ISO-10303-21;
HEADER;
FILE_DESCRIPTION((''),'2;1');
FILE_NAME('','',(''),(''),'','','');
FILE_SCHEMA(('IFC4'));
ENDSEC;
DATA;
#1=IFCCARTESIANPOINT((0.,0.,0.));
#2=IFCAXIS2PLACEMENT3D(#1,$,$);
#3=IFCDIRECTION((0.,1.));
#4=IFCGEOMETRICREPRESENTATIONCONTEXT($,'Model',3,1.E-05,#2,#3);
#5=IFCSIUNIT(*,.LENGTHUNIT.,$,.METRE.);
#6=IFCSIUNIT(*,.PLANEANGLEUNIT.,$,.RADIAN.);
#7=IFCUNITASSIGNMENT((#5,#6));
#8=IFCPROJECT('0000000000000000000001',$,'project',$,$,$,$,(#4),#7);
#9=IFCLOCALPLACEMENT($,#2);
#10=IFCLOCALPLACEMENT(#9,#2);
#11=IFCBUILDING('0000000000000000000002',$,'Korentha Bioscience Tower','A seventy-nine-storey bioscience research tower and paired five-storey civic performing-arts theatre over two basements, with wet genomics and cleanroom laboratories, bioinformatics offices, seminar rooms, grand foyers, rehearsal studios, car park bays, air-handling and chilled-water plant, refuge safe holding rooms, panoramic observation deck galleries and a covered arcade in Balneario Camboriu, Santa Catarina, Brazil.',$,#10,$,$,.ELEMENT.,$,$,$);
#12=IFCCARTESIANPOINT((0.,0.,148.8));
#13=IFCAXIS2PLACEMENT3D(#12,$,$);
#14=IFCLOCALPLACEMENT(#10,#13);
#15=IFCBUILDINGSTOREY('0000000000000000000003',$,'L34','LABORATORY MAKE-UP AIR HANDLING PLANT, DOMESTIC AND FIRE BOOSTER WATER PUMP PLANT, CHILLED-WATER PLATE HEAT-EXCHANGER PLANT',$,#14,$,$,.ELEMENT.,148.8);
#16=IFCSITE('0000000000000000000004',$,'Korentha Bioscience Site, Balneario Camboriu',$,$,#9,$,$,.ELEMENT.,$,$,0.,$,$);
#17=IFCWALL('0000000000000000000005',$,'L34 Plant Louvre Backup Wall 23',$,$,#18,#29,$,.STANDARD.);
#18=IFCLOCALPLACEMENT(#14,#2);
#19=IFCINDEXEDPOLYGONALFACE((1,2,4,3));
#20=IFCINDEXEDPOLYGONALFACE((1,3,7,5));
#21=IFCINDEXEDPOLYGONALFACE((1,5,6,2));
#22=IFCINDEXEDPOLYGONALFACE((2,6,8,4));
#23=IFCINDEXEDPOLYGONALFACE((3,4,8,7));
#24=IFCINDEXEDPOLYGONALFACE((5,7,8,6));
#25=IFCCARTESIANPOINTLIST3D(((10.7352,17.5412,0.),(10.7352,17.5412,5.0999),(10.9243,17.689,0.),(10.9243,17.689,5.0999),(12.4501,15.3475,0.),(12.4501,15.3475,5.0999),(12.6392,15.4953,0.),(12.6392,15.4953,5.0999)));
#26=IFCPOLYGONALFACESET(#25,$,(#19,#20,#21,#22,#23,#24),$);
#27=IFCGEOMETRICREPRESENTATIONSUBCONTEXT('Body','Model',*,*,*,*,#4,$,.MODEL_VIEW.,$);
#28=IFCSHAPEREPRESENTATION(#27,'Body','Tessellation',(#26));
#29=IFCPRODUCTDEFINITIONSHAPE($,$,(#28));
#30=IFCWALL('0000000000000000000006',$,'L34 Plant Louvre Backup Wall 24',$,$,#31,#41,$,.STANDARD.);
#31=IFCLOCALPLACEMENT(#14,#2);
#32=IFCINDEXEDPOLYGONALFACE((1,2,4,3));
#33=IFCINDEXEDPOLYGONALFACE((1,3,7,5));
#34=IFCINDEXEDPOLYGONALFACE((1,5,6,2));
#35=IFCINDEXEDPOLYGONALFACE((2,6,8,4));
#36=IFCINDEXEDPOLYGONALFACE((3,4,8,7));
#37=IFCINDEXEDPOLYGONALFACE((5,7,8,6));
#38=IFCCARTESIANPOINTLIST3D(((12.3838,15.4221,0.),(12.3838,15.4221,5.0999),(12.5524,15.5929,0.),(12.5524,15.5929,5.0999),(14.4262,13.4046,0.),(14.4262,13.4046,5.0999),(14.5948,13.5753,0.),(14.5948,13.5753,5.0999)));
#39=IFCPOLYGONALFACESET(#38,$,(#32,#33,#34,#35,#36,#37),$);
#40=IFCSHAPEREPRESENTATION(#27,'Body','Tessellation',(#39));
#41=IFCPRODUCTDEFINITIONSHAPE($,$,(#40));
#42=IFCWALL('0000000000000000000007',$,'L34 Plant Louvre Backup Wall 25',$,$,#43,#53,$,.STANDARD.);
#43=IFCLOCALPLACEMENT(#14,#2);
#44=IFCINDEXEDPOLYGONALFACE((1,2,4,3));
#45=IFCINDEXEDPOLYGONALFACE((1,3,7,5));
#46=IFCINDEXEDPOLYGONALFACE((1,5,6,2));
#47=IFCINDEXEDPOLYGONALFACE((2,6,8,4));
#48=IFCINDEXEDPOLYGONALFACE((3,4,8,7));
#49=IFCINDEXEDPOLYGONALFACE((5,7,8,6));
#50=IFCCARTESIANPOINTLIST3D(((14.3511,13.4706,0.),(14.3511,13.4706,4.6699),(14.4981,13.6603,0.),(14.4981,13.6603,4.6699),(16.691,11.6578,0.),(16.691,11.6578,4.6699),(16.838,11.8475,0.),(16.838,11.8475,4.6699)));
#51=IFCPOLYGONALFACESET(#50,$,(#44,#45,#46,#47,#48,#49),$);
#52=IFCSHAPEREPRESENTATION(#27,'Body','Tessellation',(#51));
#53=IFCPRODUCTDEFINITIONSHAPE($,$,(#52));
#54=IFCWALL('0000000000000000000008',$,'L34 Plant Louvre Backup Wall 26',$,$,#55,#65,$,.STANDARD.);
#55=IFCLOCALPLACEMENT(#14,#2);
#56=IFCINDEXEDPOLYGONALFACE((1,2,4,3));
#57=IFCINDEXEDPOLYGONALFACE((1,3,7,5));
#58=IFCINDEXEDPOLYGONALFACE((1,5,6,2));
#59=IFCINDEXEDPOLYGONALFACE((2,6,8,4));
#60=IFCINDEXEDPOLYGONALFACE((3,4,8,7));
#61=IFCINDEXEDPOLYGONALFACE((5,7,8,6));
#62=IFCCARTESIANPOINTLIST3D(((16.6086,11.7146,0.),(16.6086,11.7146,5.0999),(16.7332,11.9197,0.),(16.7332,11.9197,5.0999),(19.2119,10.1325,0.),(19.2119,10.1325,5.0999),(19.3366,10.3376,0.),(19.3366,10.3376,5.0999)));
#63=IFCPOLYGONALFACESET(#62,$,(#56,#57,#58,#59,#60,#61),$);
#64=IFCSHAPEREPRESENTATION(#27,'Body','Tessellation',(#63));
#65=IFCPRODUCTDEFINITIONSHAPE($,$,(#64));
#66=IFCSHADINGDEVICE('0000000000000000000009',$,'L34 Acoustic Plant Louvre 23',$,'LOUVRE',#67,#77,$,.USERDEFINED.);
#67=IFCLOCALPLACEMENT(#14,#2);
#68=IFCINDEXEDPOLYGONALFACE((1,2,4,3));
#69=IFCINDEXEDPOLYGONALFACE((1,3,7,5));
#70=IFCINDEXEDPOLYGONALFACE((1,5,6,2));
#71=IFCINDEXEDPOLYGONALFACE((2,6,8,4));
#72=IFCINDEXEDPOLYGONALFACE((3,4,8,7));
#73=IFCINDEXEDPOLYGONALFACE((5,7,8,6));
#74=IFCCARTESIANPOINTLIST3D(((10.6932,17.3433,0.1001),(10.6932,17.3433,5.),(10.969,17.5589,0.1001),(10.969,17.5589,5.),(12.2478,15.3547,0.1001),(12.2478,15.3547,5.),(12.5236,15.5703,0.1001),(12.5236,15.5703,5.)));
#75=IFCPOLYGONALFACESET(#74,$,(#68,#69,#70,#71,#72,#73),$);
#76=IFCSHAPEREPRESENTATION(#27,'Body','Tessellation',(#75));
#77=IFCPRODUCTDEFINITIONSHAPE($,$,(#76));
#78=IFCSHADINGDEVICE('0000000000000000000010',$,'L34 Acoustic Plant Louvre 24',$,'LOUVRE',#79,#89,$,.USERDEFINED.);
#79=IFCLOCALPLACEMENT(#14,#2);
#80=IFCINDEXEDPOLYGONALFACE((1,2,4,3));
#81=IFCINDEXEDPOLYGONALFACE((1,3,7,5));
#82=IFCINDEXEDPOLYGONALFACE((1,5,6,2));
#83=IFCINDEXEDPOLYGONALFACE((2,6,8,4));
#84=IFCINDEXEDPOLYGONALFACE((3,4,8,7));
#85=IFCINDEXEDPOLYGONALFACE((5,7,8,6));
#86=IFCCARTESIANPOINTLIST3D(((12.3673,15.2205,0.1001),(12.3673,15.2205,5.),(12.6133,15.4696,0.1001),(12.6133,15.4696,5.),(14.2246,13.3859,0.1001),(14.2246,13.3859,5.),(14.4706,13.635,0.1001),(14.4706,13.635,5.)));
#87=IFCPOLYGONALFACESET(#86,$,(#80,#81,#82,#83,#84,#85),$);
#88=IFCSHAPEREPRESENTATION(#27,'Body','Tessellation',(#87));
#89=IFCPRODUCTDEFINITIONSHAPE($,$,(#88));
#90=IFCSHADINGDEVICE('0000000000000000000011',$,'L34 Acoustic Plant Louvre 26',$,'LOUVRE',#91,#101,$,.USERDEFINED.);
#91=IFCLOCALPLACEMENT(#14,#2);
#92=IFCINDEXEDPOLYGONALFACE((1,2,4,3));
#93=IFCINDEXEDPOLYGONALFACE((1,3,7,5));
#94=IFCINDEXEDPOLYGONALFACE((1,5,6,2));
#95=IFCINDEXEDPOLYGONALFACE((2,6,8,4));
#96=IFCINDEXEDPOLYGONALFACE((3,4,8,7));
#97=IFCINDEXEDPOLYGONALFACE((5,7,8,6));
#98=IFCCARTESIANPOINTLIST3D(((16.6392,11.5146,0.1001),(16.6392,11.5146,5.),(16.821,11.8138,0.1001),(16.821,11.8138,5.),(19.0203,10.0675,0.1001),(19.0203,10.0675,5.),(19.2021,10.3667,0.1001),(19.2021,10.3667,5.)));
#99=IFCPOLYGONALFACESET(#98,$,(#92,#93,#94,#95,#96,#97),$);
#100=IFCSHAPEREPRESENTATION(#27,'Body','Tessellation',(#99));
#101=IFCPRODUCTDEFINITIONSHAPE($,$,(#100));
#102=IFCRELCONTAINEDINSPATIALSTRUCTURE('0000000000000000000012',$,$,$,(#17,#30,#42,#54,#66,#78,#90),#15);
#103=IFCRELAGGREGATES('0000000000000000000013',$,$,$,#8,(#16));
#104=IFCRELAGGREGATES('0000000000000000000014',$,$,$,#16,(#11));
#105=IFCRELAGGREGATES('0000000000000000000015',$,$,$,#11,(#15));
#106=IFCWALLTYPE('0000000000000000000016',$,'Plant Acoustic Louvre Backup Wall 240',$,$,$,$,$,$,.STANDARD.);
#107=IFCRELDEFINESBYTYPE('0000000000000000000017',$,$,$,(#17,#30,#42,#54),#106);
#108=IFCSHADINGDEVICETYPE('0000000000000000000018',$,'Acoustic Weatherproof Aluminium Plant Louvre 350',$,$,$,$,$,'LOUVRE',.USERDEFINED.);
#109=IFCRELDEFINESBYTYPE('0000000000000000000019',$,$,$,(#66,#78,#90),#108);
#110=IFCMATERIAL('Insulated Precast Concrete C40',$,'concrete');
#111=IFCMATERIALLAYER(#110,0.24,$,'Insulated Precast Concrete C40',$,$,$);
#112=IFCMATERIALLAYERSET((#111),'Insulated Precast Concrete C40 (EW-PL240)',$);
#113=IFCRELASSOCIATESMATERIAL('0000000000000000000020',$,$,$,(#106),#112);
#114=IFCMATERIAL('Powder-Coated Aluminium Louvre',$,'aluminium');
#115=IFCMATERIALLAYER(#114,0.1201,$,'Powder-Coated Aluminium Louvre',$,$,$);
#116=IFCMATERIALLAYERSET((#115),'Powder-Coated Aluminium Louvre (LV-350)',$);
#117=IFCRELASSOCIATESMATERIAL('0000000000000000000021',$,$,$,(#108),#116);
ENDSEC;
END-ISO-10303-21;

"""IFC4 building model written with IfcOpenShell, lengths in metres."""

from ifc_helpers import new_model, si_unit, direction, frame, frame_2d, origin, origin_2d, place, context, subcontext, project, spatial, rectangle, extrude, material, layer, layer_set, type_object, element, save


model = new_model("IFC4")

# Units and contexts
model_context = context("Model", 3, precision=1e-05, world=origin(), true_north=direction((0.0, 1.0)))
body_context = subcontext(model_context, "Body", "Model", "MODEL_VIEW")
ifc_project = project(units=[si_unit("LENGTHUNIT", "METRE"), si_unit("PLANEANGLEUNIT", "RADIAN")], contexts=[model_context])

# Site, building, storey
site_placement = place(None, origin())
site = spatial("IfcSite", under=ifc_project, at=site_placement, Name="Korentha Bioscience Site, Balneario Camboriu", CompositionType="ELEMENT", RefElevation=0.0)
building_placement = place(site_placement, origin())
building = spatial("IfcBuilding", under=site, at=building_placement, Name="Korentha Bioscience Tower", Description="A seventy-nine-storey bioscience research tower and paired five-storey civic performing-arts theatre over two basements, with wet genomics and cleanroom laboratories, bioinformatics offices, seminar rooms, grand foyers, rehearsal studios, car park bays, air-handling and chilled-water plant, refuge safe holding rooms, panoramic observation deck galleries and a covered arcade in Balneario Camboriu, Santa Catarina, Brazil.", CompositionType="ELEMENT")
storey_placement = place(building_placement, frame((0.0, 0.0, 148.8)))
storey = spatial("IfcBuildingStorey", under=building, at=storey_placement, Name="L34", Description="LABORATORY MAKE-UP AIR HANDLING PLANT, DOMESTIC AND FIRE BOOSTER WATER PUMP PLANT, CHILLED-WATER PLATE HEAT-EXCHANGER PLANT", CompositionType="ELEMENT", Elevation=148.8)

# Walls
ifc_material_1 = material(Name="Insulated Precast Concrete C40", Category="concrete")
ifc_layer_1 = layer(ifc_material_1, 0.24, Name="Insulated Precast Concrete C40")
ifc_layer_set_1 = layer_set([ifc_layer_1], Name="Insulated Precast Concrete C40 (EW-PL240)")
wall_type_1 = type_object("IfcWallType", Name="Plant Acoustic Louvre Backup Wall 240", PredefinedType="STANDARD", material=ifc_layer_set_1)
wall_1_placement = place(storey_placement, frame((10.8298, 17.615, 0.0), z_axis=(0.0, 0.0, 1.0), x_axis=(0.615887, -0.787834, 0.0)))
element("IfcWall", 1, at=wall_1_placement, inside=storey, type_object=wall_type_1, Name="L34 Plant Louvre Backup Wall 23", PredefinedType="STANDARD", context=body_context, shape_type="SweptSolid", body=[
    extrude(rectangle(XDim=2.7844, YDim=0.24, at=frame_2d((1.3921, 0.0))), origin(), (0.0, 0.0, 1.0), 5.0999),
])
wall_2_placement = place(storey_placement, frame((12.468, 15.5076, 0.0), z_axis=(0.0, 0.0, 1.0), x_axis=(0.71143, -0.702757, 0.0)))
element("IfcWall", 2, at=wall_2_placement, inside=storey, type_object=wall_type_1, Name="L34 Plant Louvre Backup Wall 24", PredefinedType="STANDARD", context=body_context, shape_type="SweptSolid", body=[
    extrude(rectangle(XDim=2.8708, YDim=0.24, at=frame_2d((1.4355, 0.0))), origin(), (0.0, 0.0, 1.0), 5.0999),
])
wall_3_placement = place(storey_placement, frame((14.4246, 13.5654, 0.0), z_axis=(0.0, 0.0, 1.0), x_axis=(0.790519, -0.612438, 0.0)))
element("IfcWall", 3, at=wall_3_placement, inside=storey, type_object=wall_type_1, Name="L34 Plant Louvre Backup Wall 25", PredefinedType="STANDARD", context=body_context, shape_type="SweptSolid", body=[
    extrude(rectangle(XDim=2.96, YDim=0.24, at=frame_2d((1.48, 0.0))), origin(), (0.0, 0.0, 1.0), 4.6699),
])
wall_4_placement = place(storey_placement, frame((16.6709, 11.8171, 0.0), z_axis=(0.0, 0.0, 1.0), x_axis=(0.854573, -0.519332, 0.0)))
element("IfcWall", 4, at=wall_4_placement, inside=storey, type_object=wall_type_1, Name="L34 Plant Louvre Backup Wall 26", PredefinedType="STANDARD", context=body_context, shape_type="SweptSolid", body=[
    extrude(rectangle(XDim=3.0464, YDim=0.24, at=frame_2d((1.5232, 0.0))), origin(), (0.0, 0.0, 1.0), 5.0999),
])

# Shading devices
ifc_material_2 = material(Name="Powder-Coated Aluminium Louvre", Category="aluminium")
ifc_layer_2 = layer(ifc_material_2, 0.1201, Name="Powder-Coated Aluminium Louvre")
ifc_layer_set_2 = layer_set([ifc_layer_2], Name="Powder-Coated Aluminium Louvre (LV-350)")
shading_device_type = type_object("IfcShadingDeviceType", Name="Acoustic Weatherproof Aluminium Plant Louvre 350", ElementType="LOUVRE", PredefinedType="USERDEFINED", material=ifc_layer_set_2)
shading_device_1_placement = place(storey_placement, frame((11.6084, 16.4568, 0.1001), z_axis=(0.0, 0.0, 1.0), x_axis=(0.615896, -0.787827, 0.0)))
element("IfcShadingDevice", 5, at=shading_device_1_placement, inside=storey, type_object=shading_device_type, Name="L34 Acoustic Plant Louvre 23", ObjectType="LOUVRE", PredefinedType="USERDEFINED", context=body_context, shape_type="SweptSolid", body=[
    extrude(rectangle(XDim=2.5242, YDim=0.3501, at=origin_2d()), origin(), (0.0, 0.0, 1.0), 4.8999),
])
shading_device_2_placement = place(storey_placement, frame((13.4189, 14.4277, 0.1001), z_axis=(0.0, 0.0, 1.0), x_axis=(0.711442, -0.702744, 0.0)))
element("IfcShadingDevice", 6, at=shading_device_2_placement, inside=storey, type_object=shading_device_type, Name="L34 Acoustic Plant Louvre 24", ObjectType="LOUVRE", PredefinedType="USERDEFINED", context=body_context, shape_type="SweptSolid", body=[
    extrude(rectangle(XDim=2.6106, YDim=0.3501, at=origin_2d()), origin(), (0.0, 0.0, 1.0), 4.8999),
])
shading_device_3_placement = place(storey_placement, frame((17.9207, 10.9407, 0.1001), z_axis=(0.0, 0.0, 1.0), x_axis=(0.854556, -0.519359, 0.0)))
element("IfcShadingDevice", 7, at=shading_device_3_placement, inside=storey, type_object=shading_device_type, Name="L34 Acoustic Plant Louvre 26", ObjectType="LOUVRE", PredefinedType="USERDEFINED", context=body_context, shape_type="SweptSolid", body=[
    extrude(rectangle(XDim=2.7864, YDim=0.3501, at=origin_2d()), origin(), (0.0, 0.0, 1.0), 4.8999),
])

save(model, "model.ifc")
